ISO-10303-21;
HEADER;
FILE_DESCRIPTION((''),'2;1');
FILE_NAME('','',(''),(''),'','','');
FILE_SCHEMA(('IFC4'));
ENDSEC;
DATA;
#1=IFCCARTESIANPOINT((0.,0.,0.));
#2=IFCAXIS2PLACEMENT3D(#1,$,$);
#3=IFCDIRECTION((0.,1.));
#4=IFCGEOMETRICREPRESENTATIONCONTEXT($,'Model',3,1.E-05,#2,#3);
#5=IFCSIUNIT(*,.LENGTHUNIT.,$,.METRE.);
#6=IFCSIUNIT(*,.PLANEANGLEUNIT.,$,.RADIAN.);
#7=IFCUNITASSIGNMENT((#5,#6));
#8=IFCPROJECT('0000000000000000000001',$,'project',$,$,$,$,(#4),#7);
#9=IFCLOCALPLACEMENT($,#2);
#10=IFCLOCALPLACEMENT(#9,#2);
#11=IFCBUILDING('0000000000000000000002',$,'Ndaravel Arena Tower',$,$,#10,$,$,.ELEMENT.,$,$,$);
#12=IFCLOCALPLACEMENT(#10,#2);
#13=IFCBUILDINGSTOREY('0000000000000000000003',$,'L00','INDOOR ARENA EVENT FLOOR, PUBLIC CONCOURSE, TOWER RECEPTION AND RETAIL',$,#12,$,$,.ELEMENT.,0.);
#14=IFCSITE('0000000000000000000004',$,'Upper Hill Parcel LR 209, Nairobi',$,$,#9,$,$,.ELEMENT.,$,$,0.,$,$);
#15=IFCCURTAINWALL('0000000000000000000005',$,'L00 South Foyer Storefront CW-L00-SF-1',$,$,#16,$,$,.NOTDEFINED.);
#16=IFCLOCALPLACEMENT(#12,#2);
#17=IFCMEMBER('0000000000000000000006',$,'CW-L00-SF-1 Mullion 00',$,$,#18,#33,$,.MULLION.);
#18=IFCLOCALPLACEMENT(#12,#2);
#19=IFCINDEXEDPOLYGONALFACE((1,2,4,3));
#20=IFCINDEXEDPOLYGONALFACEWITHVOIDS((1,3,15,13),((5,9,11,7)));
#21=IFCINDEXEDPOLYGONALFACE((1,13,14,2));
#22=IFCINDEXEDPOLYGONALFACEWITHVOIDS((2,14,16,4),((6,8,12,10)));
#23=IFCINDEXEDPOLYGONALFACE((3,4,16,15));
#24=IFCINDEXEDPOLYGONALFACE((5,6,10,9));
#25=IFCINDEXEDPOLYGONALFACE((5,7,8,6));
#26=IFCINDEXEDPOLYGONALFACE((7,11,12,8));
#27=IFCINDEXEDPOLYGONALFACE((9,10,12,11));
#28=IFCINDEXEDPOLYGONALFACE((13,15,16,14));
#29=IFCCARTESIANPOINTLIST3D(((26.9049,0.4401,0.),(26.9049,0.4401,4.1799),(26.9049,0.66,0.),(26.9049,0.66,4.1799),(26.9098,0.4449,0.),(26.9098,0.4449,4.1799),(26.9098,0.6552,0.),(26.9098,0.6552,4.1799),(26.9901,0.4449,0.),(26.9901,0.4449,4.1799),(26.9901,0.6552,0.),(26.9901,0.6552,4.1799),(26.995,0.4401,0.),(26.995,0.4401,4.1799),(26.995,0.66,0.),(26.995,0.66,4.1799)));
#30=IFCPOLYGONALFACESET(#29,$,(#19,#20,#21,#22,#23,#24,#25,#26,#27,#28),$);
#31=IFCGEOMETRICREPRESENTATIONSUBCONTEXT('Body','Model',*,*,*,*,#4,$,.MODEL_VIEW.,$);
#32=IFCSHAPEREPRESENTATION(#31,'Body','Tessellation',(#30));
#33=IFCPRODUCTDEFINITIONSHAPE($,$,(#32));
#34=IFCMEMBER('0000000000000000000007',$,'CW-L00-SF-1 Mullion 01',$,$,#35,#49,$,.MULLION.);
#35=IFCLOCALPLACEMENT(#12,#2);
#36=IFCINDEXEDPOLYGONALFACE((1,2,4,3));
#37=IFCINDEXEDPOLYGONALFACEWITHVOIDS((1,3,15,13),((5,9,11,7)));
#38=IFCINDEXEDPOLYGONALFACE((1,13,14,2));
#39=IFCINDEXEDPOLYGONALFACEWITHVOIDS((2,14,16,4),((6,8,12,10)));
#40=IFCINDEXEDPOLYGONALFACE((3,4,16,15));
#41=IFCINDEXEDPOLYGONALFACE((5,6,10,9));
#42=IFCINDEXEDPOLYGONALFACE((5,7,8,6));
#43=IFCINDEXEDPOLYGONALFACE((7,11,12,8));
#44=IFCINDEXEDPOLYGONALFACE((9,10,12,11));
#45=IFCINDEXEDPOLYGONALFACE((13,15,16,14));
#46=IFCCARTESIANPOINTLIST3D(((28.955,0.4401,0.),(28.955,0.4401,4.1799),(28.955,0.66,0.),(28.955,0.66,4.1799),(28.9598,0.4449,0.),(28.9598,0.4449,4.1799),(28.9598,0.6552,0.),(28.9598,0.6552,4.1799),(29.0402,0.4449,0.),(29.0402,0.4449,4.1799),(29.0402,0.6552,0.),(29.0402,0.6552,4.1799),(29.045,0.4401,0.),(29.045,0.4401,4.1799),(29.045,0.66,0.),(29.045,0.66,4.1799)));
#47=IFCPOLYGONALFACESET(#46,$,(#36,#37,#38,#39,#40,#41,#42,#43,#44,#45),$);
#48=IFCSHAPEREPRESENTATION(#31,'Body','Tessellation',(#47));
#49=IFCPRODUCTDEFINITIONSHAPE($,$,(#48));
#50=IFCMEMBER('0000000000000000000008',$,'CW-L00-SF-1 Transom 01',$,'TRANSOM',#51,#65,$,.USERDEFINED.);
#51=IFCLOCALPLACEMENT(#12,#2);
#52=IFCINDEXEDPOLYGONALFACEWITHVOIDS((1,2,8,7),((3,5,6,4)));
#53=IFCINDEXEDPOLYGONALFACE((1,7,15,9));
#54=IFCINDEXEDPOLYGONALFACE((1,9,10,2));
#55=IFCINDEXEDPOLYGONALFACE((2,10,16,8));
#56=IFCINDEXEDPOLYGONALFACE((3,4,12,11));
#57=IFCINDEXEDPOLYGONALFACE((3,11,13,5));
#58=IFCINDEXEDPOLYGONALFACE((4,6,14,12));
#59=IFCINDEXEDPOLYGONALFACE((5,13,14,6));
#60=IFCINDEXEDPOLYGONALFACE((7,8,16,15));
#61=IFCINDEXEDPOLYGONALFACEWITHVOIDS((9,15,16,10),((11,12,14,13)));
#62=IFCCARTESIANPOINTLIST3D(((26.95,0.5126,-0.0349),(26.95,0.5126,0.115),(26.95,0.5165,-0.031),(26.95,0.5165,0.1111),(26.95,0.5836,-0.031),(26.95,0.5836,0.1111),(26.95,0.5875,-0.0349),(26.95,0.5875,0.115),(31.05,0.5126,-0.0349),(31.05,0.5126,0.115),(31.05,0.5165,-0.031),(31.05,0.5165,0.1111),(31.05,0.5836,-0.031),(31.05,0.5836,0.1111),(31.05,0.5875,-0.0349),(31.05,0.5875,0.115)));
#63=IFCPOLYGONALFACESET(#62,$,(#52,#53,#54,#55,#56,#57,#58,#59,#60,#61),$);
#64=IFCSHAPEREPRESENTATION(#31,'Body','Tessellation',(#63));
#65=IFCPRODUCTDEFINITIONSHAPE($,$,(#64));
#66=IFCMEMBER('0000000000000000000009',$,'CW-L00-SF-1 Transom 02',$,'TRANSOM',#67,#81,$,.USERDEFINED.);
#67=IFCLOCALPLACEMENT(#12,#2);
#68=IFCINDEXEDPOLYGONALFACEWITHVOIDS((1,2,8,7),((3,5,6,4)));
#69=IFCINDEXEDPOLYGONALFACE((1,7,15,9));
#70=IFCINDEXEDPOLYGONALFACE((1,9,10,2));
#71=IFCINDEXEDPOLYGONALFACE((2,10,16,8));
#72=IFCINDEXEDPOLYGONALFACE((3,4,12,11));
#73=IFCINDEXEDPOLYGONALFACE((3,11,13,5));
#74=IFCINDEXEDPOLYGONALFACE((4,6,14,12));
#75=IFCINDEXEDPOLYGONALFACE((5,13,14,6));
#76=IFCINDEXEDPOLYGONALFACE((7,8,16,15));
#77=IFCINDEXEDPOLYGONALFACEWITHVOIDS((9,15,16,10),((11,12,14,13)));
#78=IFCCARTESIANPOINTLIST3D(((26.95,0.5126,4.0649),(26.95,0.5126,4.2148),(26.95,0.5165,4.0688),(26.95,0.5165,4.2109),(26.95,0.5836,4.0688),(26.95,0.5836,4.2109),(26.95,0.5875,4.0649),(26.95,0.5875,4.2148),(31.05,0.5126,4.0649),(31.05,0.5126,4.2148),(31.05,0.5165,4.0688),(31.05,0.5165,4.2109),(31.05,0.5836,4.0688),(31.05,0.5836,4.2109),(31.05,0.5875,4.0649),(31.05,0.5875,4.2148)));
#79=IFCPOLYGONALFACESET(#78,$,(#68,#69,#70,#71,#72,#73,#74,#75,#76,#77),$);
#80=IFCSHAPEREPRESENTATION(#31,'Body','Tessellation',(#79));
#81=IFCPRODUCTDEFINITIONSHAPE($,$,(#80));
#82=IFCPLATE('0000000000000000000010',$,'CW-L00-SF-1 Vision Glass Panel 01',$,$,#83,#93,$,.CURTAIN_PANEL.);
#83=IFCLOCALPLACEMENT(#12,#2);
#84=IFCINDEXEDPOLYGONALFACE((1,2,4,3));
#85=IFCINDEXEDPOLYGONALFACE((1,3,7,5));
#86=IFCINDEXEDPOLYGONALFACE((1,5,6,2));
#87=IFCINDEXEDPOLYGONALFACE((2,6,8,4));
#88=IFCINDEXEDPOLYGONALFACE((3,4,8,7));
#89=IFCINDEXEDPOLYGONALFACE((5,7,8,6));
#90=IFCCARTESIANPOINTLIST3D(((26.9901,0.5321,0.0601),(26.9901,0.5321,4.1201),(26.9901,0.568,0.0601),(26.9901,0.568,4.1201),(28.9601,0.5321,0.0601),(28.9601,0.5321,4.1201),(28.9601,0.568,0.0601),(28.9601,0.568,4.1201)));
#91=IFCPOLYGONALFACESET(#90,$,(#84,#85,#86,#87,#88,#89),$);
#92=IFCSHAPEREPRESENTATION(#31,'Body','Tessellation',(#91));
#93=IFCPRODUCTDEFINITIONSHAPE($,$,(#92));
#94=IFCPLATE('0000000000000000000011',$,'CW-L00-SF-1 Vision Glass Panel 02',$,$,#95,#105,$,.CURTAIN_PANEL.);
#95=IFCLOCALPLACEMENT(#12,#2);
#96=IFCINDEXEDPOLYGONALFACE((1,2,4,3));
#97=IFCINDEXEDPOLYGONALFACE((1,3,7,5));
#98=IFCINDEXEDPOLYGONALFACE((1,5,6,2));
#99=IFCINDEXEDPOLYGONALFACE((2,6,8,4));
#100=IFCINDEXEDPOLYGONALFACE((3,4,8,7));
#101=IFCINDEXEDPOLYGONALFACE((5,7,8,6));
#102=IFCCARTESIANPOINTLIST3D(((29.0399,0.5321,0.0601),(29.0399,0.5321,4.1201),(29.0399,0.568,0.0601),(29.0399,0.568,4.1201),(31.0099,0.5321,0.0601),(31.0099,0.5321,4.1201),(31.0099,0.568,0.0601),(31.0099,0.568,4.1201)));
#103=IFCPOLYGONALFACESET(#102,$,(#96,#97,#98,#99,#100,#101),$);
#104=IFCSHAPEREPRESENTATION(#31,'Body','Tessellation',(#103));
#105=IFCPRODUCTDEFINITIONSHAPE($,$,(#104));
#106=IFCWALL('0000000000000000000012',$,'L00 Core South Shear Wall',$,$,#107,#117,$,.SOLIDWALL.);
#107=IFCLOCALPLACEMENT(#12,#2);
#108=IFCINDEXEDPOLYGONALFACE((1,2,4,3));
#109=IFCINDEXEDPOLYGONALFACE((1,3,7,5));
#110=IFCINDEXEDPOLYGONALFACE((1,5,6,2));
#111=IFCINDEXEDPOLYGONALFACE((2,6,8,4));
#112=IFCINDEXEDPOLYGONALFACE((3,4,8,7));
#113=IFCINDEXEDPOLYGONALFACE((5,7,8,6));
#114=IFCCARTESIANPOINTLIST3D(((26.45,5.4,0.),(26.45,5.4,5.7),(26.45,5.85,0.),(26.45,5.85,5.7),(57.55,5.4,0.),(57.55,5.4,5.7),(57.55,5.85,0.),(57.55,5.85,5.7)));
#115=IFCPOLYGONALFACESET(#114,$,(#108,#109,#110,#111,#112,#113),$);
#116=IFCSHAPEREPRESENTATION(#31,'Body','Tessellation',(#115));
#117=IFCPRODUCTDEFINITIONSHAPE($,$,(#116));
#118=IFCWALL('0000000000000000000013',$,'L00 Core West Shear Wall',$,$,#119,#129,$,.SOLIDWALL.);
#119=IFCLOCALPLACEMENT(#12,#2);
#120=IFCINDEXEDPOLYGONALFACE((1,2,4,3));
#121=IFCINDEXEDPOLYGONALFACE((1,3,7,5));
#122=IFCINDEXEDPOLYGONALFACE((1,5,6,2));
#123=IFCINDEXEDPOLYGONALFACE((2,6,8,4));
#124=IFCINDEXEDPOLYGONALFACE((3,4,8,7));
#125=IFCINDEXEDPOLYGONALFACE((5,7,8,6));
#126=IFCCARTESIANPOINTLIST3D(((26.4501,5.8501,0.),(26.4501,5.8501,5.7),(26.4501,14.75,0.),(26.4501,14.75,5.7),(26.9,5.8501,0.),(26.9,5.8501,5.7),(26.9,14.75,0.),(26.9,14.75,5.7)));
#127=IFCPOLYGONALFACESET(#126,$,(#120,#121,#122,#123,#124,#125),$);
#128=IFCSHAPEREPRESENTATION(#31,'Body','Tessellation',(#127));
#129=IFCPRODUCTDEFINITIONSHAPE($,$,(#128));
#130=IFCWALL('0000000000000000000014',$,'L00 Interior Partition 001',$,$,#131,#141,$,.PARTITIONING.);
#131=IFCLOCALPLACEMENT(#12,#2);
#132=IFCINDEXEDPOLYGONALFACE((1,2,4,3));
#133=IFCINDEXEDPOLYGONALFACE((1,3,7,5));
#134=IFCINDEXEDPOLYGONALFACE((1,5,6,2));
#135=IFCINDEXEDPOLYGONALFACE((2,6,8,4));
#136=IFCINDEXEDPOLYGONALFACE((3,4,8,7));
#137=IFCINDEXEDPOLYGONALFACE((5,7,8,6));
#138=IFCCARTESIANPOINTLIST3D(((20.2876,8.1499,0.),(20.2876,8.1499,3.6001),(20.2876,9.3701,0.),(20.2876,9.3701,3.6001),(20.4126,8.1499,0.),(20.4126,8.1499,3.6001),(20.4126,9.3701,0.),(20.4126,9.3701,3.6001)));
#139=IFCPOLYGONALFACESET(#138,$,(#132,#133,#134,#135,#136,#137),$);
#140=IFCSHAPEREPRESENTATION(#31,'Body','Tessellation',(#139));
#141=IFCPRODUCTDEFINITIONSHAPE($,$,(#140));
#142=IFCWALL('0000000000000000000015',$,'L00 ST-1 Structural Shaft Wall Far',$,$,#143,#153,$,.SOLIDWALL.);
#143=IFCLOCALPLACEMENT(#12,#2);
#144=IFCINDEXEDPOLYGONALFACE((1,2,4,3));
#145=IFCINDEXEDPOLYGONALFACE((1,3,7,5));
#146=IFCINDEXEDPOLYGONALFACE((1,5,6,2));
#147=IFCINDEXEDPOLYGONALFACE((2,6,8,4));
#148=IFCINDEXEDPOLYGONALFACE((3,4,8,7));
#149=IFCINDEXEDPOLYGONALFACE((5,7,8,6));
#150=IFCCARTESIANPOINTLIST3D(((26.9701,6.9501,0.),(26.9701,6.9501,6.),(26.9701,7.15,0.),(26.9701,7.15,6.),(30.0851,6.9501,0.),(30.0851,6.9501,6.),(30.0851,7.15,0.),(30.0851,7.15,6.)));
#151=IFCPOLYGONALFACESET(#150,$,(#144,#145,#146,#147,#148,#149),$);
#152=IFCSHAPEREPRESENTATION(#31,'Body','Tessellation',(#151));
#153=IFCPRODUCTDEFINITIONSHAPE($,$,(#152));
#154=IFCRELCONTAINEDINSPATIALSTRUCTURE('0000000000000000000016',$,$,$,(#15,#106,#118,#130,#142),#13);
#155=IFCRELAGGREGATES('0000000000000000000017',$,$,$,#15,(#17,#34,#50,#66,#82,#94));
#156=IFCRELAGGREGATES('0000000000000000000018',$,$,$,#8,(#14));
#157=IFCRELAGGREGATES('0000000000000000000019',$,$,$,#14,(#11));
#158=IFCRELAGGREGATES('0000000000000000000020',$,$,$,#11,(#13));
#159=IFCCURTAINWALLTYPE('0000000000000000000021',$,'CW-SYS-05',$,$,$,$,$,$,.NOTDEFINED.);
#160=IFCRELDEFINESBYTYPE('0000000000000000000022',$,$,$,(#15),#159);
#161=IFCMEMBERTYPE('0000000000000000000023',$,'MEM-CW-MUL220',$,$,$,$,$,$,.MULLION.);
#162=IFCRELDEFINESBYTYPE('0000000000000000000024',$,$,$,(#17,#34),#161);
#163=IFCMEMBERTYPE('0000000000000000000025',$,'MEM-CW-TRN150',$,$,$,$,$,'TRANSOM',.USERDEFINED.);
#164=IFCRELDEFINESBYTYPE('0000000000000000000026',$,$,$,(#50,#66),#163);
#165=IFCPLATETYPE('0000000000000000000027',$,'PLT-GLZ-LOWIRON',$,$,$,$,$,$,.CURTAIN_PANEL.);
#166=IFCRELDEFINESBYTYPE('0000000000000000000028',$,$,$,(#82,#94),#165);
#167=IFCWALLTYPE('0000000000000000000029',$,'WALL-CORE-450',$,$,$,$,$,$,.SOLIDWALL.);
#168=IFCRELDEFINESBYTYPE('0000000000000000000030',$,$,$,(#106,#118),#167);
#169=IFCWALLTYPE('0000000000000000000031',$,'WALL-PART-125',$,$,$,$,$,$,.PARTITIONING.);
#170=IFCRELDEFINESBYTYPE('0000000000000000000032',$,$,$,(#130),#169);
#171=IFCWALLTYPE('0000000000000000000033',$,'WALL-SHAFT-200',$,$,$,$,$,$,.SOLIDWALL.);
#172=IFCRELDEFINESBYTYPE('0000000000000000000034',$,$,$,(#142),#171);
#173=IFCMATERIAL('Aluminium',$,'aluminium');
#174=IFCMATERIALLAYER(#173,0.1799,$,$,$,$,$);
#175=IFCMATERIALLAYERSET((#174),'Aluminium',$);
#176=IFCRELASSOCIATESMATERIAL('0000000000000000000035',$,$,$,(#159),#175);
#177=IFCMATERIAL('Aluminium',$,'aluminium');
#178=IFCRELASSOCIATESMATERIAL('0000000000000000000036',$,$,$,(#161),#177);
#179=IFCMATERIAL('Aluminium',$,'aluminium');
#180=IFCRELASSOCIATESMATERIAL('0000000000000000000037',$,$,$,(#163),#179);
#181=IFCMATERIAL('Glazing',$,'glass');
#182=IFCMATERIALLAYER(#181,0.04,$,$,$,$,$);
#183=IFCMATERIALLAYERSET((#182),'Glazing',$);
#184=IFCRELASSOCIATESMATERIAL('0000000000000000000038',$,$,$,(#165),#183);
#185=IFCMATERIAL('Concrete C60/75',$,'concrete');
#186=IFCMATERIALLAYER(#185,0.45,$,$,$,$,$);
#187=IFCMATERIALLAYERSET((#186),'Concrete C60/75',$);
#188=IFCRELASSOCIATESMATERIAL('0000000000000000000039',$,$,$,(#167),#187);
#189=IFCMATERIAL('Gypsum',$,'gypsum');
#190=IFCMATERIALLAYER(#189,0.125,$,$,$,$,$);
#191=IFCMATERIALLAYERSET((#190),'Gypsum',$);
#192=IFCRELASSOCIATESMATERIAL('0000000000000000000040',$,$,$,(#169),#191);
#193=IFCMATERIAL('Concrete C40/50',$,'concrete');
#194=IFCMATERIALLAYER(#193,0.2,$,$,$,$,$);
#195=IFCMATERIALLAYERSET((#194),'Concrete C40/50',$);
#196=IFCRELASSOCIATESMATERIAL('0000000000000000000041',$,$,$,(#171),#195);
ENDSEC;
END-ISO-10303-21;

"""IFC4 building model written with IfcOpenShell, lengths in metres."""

from ifc_helpers import new_model, si_unit, direction, frame, frame_2d, origin, origin_2d, place, context, subcontext, project, spatial, rectangle, hollow_rectangle, extrude, material, layer, layer_set, material_profile, profile_set, type_object, element, aggregate, save


model = new_model("IFC4")

# Units and contexts
model_context = context("Model", 3, precision=1e-05, world=origin(), true_north=direction((0.0, 1.0)))
body_context = subcontext(model_context, "Body", "Model", "MODEL_VIEW")
ifc_project = project(units=[si_unit("LENGTHUNIT", "METRE"), si_unit("PLANEANGLEUNIT", "RADIAN")], contexts=[model_context])

# Site, building, storey
site_placement = place(None, origin())
site = spatial("IfcSite", under=ifc_project, at=site_placement, Name="Upper Hill Parcel LR 209, Nairobi", CompositionType="ELEMENT", RefElevation=0.0)
building_placement = place(site_placement, origin())
building = spatial("IfcBuilding", under=site, at=building_placement, Name="Ndaravel Arena Tower", CompositionType="ELEMENT")
storey_placement = place(building_placement, origin())
storey = spatial("IfcBuildingStorey", under=building, at=storey_placement, Name="L00", Description="INDOOR ARENA EVENT FLOOR, PUBLIC CONCOURSE, TOWER RECEPTION AND RETAIL", CompositionType="ELEMENT", Elevation=0.0)

# Curtain wall, members, plates
ifc_material_1 = material(Name="Aluminium", Category="aluminium")
ifc_layer_1 = layer(ifc_material_1, 0.1799)
ifc_layer_set_1 = layer_set([ifc_layer_1], Name="Aluminium")
curtain_wall_type = type_object("IfcCurtainWallType", Name="CW-SYS-05", PredefinedType="NOTDEFINED", material=ifc_layer_set_1)
curtain_wall_placement = place(storey_placement, origin())
curtain_wall = element("IfcCurtainWall", 1, at=curtain_wall_placement, inside=storey, type_object=curtain_wall_type, Name="L00 South Foyer Storefront CW-L00-SF-1", PredefinedType="NOTDEFINED")
ifc_material_2 = material(Name="Aluminium", Category="aluminium")
ifc_material_profile_1 = material_profile(ifc_material_2, hollow_rectangle(XDim=0.0901, YDim=0.22, WallThickness=0.0049, at=origin_2d()), Name="CW MULLION 90x220x5")
ifc_profile_set_1 = profile_set([ifc_material_profile_1], Name="Aluminium")
member_type_1 = type_object("IfcMemberType", Name="MEM-CW-MUL220", PredefinedType="MULLION", material=ifc_profile_set_1)
member_1_placement = place(storey_placement, frame((26.95, 0.55, 0.0), z_axis=(0.0, 0.0, 1.0), x_axis=(1.0, 0.0, 0.0)))
member_1 = element("IfcMember", 2, at=member_1_placement, type_object=member_type_1, Name="CW-L00-SF-1 Mullion 00", PredefinedType="MULLION", context=body_context, shape_type="SweptSolid", body=[
    extrude(hollow_rectangle(XDim=0.0901, YDim=0.22, WallThickness=0.0049, at=origin_2d()), origin(), (0.0, 0.0, 1.0), 4.1799),
])
member_2_placement = place(storey_placement, frame((29.0, 0.55, 0.0), z_axis=(0.0, 0.0, 1.0), x_axis=(1.0, 0.0, 0.0)))
member_2 = element("IfcMember", 3, at=member_2_placement, type_object=member_type_1, Name="CW-L00-SF-1 Mullion 01", PredefinedType="MULLION", context=body_context, shape_type="SweptSolid", body=[
    extrude(hollow_rectangle(XDim=0.0901, YDim=0.22, WallThickness=0.0049, at=origin_2d()), origin(), (0.0, 0.0, 1.0), 4.1799),
])
ifc_material_3 = material(Name="Aluminium", Category="aluminium")
ifc_material_profile_2 = material_profile(ifc_material_3, hollow_rectangle(XDim=0.075, YDim=0.1499, WallThickness=0.0039, at=origin_2d()), Name="CW TRANSOM 75x150x4")
ifc_profile_set_2 = profile_set([ifc_material_profile_2], Name="Aluminium")
member_type_2 = type_object("IfcMemberType", Name="MEM-CW-TRN150", ElementType="TRANSOM", PredefinedType="USERDEFINED", material=ifc_profile_set_2)
member_3_placement = place(storey_placement, frame((26.95, 0.55, 0.04), z_axis=(1.0, 0.0, 0.0), x_axis=(0.0, 1.0, 0.0)))
member_3 = element("IfcMember", 4, at=member_3_placement, type_object=member_type_2, Name="CW-L00-SF-1 Transom 01", ObjectType="TRANSOM", PredefinedType="USERDEFINED", context=body_context, shape_type="SweptSolid", body=[
    extrude(hollow_rectangle(XDim=0.075, YDim=0.1499, WallThickness=0.0039, at=origin_2d()), origin(), (0.0, 0.0, 1.0), 4.1001),
])
member_4_placement = place(storey_placement, frame((26.95, 0.55, 4.1399), z_axis=(1.0, 0.0, 0.0), x_axis=(0.0, 1.0, 0.0)))
member_4 = element("IfcMember", 5, at=member_4_placement, type_object=member_type_2, Name="CW-L00-SF-1 Transom 02", ObjectType="TRANSOM", PredefinedType="USERDEFINED", context=body_context, shape_type="SweptSolid", body=[
    extrude(hollow_rectangle(XDim=0.075, YDim=0.1499, WallThickness=0.0039, at=origin_2d()), origin(), (0.0, 0.0, 1.0), 4.1001),
])
ifc_material_4 = material(Name="Glazing", Category="glass")
ifc_layer_2 = layer(ifc_material_4, 0.04)
ifc_layer_set_2 = layer_set([ifc_layer_2], Name="Glazing")
plate_type = type_object("IfcPlateType", Name="PLT-GLZ-LOWIRON", PredefinedType="CURTAIN_PANEL", material=ifc_layer_set_2)
plate_1_placement = place(storey_placement, frame((27.9751, 0.55, 0.0601), z_axis=(0.0, 0.0, 1.0), x_axis=(1.0, 0.0, 0.0)))
plate_1 = element("IfcPlate", 6, at=plate_1_placement, type_object=plate_type, Name="CW-L00-SF-1 Vision Glass Panel 01", PredefinedType="CURTAIN_PANEL", context=body_context, shape_type="SweptSolid", body=[
    extrude(rectangle(XDim=1.97, YDim=0.0359, at=origin_2d()), origin(), (0.0, 0.0, 1.0), 4.0601),
])
plate_2_placement = place(storey_placement, frame((30.0249, 0.55, 0.0601), z_axis=(0.0, 0.0, 1.0), x_axis=(1.0, 0.0, 0.0)))
plate_2 = element("IfcPlate", 7, at=plate_2_placement, type_object=plate_type, Name="CW-L00-SF-1 Vision Glass Panel 02", PredefinedType="CURTAIN_PANEL", context=body_context, shape_type="SweptSolid", body=[
    extrude(rectangle(XDim=1.97, YDim=0.0359, at=origin_2d()), origin(), (0.0, 0.0, 1.0), 4.0601),
])
aggregate(curtain_wall, [member_1, member_2, member_3, member_4, plate_1, plate_2])

# Walls
ifc_material_5 = material(Name="Concrete C60/75", Category="concrete")
ifc_layer_3 = layer(ifc_material_5, 0.45)
ifc_layer_set_3 = layer_set([ifc_layer_3], Name="Concrete C60/75")
wall_type_1 = type_object("IfcWallType", Name="WALL-CORE-450", PredefinedType="SOLIDWALL", material=ifc_layer_set_3)
wall_1_placement = place(storey_placement, frame((26.45, 5.625, 0.0), z_axis=(0.0, 0.0, 1.0), x_axis=(1.0, 0.0, 0.0)))
element("IfcWall", 8, at=wall_1_placement, inside=storey, type_object=wall_type_1, Name="L00 Core South Shear Wall", PredefinedType="SOLIDWALL", context=body_context, shape_type="SweptSolid", body=[
    extrude(rectangle(XDim=31.1001, YDim=0.45, at=frame_2d((15.55, 0.0))), origin(), (0.0, 0.0, 1.0), 5.7),
])
wall_2_placement = place(storey_placement, frame((26.675, 5.8501, 0.0), z_axis=(0.0, 0.0, 1.0), x_axis=(0.0, 1.0, 0.0)))
element("IfcWall", 9, at=wall_2_placement, inside=storey, type_object=wall_type_1, Name="L00 Core West Shear Wall", PredefinedType="SOLIDWALL", context=body_context, shape_type="SweptSolid", body=[
    extrude(rectangle(XDim=8.8999, YDim=0.45, at=frame_2d((4.45, 0.0))), origin(), (0.0, 0.0, 1.0), 5.7),
])
ifc_material_6 = material(Name="Gypsum", Category="gypsum")
ifc_layer_4 = layer(ifc_material_6, 0.125)
ifc_layer_set_4 = layer_set([ifc_layer_4], Name="Gypsum")
wall_type_2 = type_object("IfcWallType", Name="WALL-PART-125", PredefinedType="PARTITIONING", material=ifc_layer_set_4)
wall_3_placement = place(storey_placement, frame((20.3501, 8.1499, 0.0), z_axis=(0.0, 0.0, 1.0), x_axis=(0.0, 1.0, 0.0)))
element("IfcWall", 10, at=wall_3_placement, inside=storey, type_object=wall_type_2, Name="L00 Interior Partition 001", PredefinedType="PARTITIONING", context=body_context, shape_type="SweptSolid", body=[
    extrude(rectangle(XDim=1.2202, YDim=0.125, at=frame_2d((0.6101, 0.0))), origin(), (0.0, 0.0, 1.0), 3.6001),
])

# Wall
ifc_material_7 = material(Name="Concrete C40/50", Category="concrete")
ifc_layer_5 = layer(ifc_material_7, 0.2)
ifc_layer_set_5 = layer_set([ifc_layer_5], Name="Concrete C40/50")
wall_type_3 = type_object("IfcWallType", Name="WALL-SHAFT-200", PredefinedType="SOLIDWALL", material=ifc_layer_set_5)
wall_4_placement = place(storey_placement, frame((26.97, 7.05, 0.0), z_axis=(0.0, 0.0, 1.0), x_axis=(1.0, 0.0, 0.0)))
element("IfcWall", 11, at=wall_4_placement, inside=storey, type_object=wall_type_3, Name="L00 ST-1 Structural Shaft Wall Far", PredefinedType="SOLIDWALL", context=body_context, shape_type="SweptSolid", body=[
    extrude(rectangle(XDim=3.115, YDim=0.2, at=frame_2d((1.5576, 0.0))), origin(), (0.0, 0.0, 1.0), 6.0),
])

save(model, "model.ifc")
